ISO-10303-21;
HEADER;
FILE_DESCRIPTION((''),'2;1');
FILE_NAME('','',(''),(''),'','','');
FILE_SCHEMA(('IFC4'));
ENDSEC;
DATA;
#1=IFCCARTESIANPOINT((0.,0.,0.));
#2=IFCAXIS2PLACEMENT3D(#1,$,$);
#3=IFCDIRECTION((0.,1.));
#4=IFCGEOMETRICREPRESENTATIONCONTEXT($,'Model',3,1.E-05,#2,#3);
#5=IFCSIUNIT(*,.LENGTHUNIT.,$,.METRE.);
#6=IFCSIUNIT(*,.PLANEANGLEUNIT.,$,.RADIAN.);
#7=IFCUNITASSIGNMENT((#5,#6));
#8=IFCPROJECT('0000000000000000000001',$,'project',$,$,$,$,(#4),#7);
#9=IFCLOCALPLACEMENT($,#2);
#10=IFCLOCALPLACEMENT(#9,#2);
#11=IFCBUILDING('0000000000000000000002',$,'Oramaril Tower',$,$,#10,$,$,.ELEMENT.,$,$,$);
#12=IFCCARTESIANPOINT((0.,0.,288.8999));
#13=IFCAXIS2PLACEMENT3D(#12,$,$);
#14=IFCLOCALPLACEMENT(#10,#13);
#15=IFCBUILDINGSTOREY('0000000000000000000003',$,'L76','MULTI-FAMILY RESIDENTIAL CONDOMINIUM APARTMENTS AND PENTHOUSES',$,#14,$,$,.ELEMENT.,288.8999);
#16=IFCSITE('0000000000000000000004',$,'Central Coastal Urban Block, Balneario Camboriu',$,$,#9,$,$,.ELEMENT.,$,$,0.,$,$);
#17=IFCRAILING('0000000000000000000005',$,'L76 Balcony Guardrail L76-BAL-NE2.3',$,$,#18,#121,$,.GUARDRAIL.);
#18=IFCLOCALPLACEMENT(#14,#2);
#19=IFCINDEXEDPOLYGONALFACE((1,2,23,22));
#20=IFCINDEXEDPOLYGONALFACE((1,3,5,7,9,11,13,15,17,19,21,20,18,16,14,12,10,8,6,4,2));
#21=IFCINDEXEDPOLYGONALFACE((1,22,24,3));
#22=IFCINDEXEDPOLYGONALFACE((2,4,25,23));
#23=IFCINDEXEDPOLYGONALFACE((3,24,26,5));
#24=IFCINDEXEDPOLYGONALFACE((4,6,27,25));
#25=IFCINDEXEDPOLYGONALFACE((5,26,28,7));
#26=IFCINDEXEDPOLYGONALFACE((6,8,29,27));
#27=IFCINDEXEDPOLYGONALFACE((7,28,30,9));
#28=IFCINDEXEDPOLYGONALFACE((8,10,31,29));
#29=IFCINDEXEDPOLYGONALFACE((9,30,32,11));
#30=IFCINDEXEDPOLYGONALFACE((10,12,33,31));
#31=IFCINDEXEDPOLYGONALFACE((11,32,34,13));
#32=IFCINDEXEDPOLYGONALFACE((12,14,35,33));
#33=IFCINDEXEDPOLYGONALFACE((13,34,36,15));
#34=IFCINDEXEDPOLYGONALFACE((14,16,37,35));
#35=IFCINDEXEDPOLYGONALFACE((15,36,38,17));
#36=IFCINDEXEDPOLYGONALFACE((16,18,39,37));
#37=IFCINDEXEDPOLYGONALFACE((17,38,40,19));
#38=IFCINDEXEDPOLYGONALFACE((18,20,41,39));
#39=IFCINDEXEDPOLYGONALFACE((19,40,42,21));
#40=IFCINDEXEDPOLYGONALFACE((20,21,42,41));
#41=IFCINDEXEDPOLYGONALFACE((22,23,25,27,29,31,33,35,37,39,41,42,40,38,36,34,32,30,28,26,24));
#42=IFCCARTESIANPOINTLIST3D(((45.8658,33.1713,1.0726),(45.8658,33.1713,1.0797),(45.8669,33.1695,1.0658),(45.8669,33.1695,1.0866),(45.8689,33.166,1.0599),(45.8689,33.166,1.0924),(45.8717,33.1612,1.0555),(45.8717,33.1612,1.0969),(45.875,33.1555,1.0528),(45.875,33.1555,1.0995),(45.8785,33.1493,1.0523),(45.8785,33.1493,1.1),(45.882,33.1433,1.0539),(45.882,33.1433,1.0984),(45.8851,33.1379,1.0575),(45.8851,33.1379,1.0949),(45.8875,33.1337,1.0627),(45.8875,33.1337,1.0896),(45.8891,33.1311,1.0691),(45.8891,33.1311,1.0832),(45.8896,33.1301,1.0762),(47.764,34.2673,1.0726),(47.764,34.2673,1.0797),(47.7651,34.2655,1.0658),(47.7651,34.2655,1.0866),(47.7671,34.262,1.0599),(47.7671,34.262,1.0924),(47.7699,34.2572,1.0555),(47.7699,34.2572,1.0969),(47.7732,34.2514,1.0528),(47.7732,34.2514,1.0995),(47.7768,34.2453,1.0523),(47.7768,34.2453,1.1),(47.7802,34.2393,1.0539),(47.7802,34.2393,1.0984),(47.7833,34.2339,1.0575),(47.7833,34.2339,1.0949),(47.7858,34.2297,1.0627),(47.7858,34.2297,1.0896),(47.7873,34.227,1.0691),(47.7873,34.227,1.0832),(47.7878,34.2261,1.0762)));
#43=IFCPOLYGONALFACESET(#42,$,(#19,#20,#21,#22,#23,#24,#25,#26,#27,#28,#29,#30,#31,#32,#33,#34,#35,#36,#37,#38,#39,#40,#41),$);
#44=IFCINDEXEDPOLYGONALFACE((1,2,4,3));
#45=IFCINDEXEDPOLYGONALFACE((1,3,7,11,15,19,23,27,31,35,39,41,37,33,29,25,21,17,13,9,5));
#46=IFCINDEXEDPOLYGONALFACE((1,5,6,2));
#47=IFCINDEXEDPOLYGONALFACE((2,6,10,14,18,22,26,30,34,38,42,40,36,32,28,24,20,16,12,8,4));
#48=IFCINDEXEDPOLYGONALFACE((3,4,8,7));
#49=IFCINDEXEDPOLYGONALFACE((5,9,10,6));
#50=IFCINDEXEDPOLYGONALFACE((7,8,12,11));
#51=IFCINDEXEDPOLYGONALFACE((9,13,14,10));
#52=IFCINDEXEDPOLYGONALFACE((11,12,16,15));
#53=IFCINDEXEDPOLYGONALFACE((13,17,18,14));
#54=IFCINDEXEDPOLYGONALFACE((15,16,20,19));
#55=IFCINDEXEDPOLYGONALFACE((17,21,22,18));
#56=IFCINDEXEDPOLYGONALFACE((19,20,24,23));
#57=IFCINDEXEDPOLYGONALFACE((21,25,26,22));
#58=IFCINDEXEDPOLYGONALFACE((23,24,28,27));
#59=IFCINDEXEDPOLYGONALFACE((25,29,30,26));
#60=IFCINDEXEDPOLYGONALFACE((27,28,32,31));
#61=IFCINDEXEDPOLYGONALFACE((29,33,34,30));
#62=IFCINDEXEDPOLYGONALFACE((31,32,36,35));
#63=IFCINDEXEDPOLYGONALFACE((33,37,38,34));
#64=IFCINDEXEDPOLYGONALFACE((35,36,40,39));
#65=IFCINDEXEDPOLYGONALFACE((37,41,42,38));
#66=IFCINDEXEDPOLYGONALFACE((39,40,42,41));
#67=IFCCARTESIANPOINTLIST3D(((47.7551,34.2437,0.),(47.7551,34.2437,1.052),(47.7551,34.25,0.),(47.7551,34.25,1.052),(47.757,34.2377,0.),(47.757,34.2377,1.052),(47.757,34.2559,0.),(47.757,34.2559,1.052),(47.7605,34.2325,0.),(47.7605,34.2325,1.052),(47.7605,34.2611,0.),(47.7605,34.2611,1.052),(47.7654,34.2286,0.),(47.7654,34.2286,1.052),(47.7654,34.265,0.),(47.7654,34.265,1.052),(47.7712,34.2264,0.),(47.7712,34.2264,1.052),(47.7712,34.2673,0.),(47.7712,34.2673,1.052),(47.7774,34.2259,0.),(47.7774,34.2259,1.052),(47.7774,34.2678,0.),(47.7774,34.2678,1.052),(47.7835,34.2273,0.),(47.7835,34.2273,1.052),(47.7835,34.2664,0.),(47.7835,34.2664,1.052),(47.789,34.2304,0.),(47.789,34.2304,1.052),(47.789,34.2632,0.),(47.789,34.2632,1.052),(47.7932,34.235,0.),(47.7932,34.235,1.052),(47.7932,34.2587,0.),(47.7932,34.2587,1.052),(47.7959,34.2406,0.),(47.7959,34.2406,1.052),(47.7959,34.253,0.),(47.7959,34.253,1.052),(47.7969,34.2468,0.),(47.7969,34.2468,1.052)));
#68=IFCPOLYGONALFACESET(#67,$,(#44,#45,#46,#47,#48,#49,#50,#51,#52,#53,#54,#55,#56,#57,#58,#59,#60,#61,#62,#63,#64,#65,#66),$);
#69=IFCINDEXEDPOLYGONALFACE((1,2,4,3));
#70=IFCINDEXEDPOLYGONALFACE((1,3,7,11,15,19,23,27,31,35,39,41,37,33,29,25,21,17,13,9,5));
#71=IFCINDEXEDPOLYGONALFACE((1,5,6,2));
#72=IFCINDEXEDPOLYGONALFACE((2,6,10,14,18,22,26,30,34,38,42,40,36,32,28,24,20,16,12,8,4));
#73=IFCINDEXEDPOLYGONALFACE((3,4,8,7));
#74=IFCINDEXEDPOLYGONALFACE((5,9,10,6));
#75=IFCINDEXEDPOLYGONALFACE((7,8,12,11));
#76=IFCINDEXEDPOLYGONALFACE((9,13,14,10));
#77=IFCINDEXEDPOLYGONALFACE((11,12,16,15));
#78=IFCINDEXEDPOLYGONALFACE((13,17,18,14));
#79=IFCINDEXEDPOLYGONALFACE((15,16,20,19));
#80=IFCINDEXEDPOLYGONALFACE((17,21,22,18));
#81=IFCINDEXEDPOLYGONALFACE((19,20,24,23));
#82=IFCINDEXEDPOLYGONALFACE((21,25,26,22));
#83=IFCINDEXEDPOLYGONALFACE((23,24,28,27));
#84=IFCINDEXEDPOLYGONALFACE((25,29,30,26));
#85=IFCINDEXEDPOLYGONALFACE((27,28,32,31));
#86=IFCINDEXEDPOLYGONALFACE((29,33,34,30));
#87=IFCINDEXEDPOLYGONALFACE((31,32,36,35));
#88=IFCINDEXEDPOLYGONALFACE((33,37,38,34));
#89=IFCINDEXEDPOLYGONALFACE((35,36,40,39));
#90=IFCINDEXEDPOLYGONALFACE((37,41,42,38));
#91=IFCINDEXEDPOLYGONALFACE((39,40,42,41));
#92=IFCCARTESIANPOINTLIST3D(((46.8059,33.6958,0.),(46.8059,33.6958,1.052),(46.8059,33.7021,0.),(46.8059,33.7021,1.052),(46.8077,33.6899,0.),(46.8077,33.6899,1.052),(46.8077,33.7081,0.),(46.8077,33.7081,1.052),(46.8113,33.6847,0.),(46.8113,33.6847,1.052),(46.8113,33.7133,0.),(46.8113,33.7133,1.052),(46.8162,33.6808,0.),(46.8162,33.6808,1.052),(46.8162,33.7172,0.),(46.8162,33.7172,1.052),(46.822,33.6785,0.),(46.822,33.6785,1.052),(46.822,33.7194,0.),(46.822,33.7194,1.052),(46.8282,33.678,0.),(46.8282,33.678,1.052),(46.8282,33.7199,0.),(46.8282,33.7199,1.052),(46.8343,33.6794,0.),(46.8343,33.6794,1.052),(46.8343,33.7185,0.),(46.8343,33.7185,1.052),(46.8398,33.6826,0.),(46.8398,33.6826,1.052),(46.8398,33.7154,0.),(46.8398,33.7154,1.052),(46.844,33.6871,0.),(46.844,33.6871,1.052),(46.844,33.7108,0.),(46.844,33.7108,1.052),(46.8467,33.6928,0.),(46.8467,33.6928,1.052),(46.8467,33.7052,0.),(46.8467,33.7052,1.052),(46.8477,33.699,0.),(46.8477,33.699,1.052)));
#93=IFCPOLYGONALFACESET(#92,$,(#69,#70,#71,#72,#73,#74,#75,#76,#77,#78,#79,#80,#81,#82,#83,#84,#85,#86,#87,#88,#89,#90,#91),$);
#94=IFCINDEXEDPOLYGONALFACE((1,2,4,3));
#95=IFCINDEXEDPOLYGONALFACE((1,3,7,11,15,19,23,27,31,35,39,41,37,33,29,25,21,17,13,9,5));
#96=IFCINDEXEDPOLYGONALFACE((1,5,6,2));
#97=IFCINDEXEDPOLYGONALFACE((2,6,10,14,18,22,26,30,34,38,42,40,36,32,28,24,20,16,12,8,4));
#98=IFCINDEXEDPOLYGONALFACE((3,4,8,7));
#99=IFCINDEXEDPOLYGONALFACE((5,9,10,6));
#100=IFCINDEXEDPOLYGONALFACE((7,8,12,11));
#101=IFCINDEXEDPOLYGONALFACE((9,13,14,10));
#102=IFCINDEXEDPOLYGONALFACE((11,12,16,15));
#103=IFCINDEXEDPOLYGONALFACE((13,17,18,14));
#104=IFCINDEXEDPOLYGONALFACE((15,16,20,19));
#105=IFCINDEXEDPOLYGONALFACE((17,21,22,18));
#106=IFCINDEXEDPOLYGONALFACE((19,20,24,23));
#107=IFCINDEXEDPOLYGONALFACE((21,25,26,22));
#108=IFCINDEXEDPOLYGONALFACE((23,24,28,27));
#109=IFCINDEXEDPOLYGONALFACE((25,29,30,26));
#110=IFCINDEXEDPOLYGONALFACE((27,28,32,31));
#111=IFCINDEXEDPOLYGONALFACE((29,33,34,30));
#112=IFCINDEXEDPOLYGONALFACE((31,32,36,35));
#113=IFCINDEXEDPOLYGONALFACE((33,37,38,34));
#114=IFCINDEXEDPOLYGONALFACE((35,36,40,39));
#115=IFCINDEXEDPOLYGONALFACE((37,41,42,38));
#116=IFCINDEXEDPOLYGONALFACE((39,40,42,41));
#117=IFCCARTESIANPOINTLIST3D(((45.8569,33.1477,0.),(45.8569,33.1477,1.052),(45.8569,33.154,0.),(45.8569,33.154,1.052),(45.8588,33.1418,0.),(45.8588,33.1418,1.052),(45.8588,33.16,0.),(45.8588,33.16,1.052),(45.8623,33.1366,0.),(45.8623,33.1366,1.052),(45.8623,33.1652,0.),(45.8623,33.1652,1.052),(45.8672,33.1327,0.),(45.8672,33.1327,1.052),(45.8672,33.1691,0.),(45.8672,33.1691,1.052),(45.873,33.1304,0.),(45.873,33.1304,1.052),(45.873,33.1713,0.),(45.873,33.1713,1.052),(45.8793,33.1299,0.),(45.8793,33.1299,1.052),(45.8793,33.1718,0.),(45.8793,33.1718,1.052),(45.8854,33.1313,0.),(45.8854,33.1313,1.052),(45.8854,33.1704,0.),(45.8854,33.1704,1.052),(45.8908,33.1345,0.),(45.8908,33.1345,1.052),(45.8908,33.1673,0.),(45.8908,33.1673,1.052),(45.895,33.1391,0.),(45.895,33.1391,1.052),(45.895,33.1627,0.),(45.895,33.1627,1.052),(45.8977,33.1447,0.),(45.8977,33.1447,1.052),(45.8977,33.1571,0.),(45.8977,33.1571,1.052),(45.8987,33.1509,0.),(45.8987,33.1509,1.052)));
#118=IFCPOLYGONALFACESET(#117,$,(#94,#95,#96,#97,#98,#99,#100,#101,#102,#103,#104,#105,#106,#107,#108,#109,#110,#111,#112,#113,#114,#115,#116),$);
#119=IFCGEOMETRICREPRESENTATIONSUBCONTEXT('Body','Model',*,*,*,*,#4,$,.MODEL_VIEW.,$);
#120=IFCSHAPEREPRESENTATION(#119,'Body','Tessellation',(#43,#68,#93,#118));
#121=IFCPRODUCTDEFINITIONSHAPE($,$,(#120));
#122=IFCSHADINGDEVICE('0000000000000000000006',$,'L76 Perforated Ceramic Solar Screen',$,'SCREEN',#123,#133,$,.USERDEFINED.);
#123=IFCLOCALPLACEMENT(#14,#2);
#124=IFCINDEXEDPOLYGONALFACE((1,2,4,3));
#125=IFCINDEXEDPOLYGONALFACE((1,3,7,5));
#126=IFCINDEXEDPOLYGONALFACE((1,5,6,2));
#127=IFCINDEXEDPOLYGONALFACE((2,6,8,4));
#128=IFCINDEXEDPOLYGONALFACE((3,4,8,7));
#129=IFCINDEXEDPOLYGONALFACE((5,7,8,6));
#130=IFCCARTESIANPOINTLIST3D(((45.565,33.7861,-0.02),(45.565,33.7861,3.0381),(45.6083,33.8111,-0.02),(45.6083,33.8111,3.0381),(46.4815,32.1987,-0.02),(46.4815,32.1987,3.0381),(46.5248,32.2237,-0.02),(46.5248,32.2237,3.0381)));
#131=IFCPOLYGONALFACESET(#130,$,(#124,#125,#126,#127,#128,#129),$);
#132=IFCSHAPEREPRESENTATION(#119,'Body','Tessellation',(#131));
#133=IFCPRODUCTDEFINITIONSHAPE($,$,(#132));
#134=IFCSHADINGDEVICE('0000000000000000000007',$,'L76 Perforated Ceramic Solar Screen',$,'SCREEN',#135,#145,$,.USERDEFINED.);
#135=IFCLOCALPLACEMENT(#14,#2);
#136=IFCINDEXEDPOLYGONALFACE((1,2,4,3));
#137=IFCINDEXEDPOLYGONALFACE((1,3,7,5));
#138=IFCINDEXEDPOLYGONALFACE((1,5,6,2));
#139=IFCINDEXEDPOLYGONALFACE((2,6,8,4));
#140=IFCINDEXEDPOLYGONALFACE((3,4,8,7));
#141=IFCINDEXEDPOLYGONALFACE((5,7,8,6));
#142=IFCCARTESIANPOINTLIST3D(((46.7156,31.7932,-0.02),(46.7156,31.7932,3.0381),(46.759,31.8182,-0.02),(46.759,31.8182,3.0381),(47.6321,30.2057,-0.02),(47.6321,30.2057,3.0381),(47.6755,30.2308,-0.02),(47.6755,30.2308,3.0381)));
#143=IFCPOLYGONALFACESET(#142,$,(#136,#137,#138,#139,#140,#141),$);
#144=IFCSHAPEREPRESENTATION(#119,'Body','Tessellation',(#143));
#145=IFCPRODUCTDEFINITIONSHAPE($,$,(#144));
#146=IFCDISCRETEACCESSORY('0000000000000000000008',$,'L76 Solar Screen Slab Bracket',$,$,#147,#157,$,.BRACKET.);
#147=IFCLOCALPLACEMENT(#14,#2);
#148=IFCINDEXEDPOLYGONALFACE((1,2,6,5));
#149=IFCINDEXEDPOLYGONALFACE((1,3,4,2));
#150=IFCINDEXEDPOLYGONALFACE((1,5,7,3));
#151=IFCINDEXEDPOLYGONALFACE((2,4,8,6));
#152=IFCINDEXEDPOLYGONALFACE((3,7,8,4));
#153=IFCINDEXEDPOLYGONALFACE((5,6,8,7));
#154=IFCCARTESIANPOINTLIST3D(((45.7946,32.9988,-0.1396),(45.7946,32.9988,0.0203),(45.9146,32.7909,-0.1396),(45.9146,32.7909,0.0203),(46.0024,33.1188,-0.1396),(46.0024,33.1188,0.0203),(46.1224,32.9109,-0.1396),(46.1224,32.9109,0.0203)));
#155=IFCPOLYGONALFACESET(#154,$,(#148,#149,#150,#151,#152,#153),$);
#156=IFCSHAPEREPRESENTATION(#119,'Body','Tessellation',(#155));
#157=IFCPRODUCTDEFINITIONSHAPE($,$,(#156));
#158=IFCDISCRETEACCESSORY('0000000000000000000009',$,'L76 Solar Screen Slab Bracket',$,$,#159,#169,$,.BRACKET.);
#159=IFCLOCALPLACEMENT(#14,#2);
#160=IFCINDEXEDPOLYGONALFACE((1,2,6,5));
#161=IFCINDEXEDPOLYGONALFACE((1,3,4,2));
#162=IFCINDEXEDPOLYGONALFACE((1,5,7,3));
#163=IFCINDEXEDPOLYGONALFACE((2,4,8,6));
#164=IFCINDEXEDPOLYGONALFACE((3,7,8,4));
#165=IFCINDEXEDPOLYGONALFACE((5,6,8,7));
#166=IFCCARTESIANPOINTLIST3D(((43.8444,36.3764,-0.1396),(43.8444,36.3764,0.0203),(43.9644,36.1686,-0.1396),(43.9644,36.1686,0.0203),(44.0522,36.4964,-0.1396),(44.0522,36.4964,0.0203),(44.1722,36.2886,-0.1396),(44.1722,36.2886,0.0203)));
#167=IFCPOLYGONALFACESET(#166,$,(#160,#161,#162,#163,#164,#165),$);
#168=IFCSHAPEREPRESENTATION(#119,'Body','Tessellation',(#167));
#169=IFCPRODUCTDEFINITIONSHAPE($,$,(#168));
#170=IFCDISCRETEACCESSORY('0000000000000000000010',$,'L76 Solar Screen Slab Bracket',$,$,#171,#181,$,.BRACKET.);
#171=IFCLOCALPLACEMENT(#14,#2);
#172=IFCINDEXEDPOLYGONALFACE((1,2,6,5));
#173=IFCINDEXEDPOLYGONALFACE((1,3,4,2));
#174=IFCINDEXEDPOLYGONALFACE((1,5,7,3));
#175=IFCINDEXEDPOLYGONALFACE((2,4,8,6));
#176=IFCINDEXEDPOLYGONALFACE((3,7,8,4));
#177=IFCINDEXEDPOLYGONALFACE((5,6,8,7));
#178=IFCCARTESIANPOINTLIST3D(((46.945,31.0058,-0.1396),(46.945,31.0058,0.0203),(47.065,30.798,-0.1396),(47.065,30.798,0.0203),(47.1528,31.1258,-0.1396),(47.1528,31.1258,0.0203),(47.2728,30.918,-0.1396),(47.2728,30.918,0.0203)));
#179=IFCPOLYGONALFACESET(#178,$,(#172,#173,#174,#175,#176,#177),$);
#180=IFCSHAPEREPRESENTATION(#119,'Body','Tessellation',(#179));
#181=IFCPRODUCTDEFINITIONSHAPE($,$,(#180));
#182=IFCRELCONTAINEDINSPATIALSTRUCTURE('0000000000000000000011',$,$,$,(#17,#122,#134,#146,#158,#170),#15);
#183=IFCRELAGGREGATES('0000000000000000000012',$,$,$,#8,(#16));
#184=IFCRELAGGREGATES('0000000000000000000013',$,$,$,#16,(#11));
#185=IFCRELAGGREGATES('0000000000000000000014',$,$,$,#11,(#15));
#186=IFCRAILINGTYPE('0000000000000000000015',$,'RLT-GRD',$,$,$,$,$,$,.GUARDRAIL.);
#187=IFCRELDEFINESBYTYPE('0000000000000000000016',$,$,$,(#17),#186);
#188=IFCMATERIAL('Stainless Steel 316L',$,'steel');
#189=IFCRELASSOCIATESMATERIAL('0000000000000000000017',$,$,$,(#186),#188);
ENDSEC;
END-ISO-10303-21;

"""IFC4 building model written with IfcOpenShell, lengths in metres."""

from ifc_helpers import new_model, si_unit, direction, frame, origin, origin_2d, place, context, subcontext, project, spatial, rectangle, circle, extrude, material, type_object, element, save


model = new_model("IFC4")

# Units and contexts
model_context = context("Model", 3, precision=1e-05, world=origin(), true_north=direction((0.0, 1.0)))
body_context = subcontext(model_context, "Body", "Model", "MODEL_VIEW")
ifc_project = project(units=[si_unit("LENGTHUNIT", "METRE"), si_unit("PLANEANGLEUNIT", "RADIAN")], contexts=[model_context])

# Site, building, storey
site_placement = place(None, origin())
site = spatial("IfcSite", under=ifc_project, at=site_placement, Name="Central Coastal Urban Block, Balneario Camboriu", CompositionType="ELEMENT", RefElevation=0.0)
building_placement = place(site_placement, origin())
building = spatial("IfcBuilding", under=site, at=building_placement, Name="Oramaril Tower", CompositionType="ELEMENT")
storey_placement = place(building_placement, frame((0.0, 0.0, 288.8999)))
storey = spatial("IfcBuildingStorey", under=building, at=storey_placement, Name="L76", Description="MULTI-FAMILY RESIDENTIAL CONDOMINIUM APARTMENTS AND PENTHOUSES", CompositionType="ELEMENT", Elevation=288.8999)

# Railing
ifc_material_1 = material(Name="Stainless Steel 316L", Category="steel")
railing_type = type_object("IfcRailingType", Name="RLT-GRD", PredefinedType="GUARDRAIL", material=ifc_material_1)
railing_placement = place(storey_placement, frame((47.7759, 34.2468, 0.0)))
element("IfcRailing", 1, at=railing_placement, inside=storey, type_object=railing_type, Name="L76 Balcony Guardrail L76-BAL-NE2.3", PredefinedType="GUARDRAIL", context=body_context, shape_type="SweptSolid", body=[
    extrude(circle(Radius=0.0239, at=origin_2d()), frame((0.0, 0.0, 1.0762), z_axis=(-0.866021, -0.500008, 0.0), x_axis=(0.500008, -0.866021, 0.0)), (0.0, 0.0, 1.0), 2.1919),
    extrude(circle(Radius=0.021, at=origin_2d()), origin(), (0.0, 0.0, 1.0), 1.052),
    extrude(circle(Radius=0.021, at=origin_2d()), frame((-0.9492, -0.5479, 0.0)), (0.0, 0.0, 1.0), 1.052),
    extrude(circle(Radius=0.021, at=origin_2d()), frame((-1.8982, -1.0959, 0.0)), (0.0, 0.0, 1.0), 1.052),
])

# Shading devices
for number, where, z_axis, x_axis, name in (
    (2, (46.0449, 33.0049, -0.02), (0.0, 0.0, 1.0), (-0.499997, 0.866027, 0.0), "L76 Perforated Ceramic Solar Screen"),
    (3, (47.1956, 31.012, -0.02), (0.0, 0.0, 1.0), (-0.499997, 0.866027, 0.0), "L76 Perforated Ceramic Solar Screen"),
):
    element("IfcShadingDevice", number, at=place(storey_placement, frame(where, z_axis=z_axis, x_axis=x_axis)), inside=storey, Name=name, ObjectType="SCREEN", PredefinedType="USERDEFINED", context=body_context, shape_type="SweptSolid", body=[
        extrude(rectangle(XDim=1.833, YDim=0.05, at=origin_2d()), origin(), (0.0, 0.0, 1.0), 3.0581),
    ])

# Discrete accessories
for number, where, z_axis, x_axis, name in (
    (4, (45.9585, 32.9548, -0.1396), (0.0, 0.0, 1.0), (-0.499997, 0.866027, 0.0), "L76 Solar Screen Slab Bracket"),
    (5, (44.0083, 36.3325, -0.1396), (0.0, 0.0, 1.0), (-0.499997, 0.866027, 0.0), "L76 Solar Screen Slab Bracket"),
    (6, (47.1089, 30.9619, -0.1396), (0.0, 0.0, 1.0), (-0.499997, 0.866027, 0.0), "L76 Solar Screen Slab Bracket"),
):
    element("IfcDiscreteAccessory", number, at=place(storey_placement, frame(where, z_axis=z_axis, x_axis=x_axis)), inside=storey, Name=name, PredefinedType="BRACKET", context=body_context, shape_type="SweptSolid", body=[
        extrude(rectangle(XDim=0.24, YDim=0.24, at=origin_2d()), origin(), (0.0, 0.0, 1.0), 0.1599),
    ])

save(model, "model.ifc")
